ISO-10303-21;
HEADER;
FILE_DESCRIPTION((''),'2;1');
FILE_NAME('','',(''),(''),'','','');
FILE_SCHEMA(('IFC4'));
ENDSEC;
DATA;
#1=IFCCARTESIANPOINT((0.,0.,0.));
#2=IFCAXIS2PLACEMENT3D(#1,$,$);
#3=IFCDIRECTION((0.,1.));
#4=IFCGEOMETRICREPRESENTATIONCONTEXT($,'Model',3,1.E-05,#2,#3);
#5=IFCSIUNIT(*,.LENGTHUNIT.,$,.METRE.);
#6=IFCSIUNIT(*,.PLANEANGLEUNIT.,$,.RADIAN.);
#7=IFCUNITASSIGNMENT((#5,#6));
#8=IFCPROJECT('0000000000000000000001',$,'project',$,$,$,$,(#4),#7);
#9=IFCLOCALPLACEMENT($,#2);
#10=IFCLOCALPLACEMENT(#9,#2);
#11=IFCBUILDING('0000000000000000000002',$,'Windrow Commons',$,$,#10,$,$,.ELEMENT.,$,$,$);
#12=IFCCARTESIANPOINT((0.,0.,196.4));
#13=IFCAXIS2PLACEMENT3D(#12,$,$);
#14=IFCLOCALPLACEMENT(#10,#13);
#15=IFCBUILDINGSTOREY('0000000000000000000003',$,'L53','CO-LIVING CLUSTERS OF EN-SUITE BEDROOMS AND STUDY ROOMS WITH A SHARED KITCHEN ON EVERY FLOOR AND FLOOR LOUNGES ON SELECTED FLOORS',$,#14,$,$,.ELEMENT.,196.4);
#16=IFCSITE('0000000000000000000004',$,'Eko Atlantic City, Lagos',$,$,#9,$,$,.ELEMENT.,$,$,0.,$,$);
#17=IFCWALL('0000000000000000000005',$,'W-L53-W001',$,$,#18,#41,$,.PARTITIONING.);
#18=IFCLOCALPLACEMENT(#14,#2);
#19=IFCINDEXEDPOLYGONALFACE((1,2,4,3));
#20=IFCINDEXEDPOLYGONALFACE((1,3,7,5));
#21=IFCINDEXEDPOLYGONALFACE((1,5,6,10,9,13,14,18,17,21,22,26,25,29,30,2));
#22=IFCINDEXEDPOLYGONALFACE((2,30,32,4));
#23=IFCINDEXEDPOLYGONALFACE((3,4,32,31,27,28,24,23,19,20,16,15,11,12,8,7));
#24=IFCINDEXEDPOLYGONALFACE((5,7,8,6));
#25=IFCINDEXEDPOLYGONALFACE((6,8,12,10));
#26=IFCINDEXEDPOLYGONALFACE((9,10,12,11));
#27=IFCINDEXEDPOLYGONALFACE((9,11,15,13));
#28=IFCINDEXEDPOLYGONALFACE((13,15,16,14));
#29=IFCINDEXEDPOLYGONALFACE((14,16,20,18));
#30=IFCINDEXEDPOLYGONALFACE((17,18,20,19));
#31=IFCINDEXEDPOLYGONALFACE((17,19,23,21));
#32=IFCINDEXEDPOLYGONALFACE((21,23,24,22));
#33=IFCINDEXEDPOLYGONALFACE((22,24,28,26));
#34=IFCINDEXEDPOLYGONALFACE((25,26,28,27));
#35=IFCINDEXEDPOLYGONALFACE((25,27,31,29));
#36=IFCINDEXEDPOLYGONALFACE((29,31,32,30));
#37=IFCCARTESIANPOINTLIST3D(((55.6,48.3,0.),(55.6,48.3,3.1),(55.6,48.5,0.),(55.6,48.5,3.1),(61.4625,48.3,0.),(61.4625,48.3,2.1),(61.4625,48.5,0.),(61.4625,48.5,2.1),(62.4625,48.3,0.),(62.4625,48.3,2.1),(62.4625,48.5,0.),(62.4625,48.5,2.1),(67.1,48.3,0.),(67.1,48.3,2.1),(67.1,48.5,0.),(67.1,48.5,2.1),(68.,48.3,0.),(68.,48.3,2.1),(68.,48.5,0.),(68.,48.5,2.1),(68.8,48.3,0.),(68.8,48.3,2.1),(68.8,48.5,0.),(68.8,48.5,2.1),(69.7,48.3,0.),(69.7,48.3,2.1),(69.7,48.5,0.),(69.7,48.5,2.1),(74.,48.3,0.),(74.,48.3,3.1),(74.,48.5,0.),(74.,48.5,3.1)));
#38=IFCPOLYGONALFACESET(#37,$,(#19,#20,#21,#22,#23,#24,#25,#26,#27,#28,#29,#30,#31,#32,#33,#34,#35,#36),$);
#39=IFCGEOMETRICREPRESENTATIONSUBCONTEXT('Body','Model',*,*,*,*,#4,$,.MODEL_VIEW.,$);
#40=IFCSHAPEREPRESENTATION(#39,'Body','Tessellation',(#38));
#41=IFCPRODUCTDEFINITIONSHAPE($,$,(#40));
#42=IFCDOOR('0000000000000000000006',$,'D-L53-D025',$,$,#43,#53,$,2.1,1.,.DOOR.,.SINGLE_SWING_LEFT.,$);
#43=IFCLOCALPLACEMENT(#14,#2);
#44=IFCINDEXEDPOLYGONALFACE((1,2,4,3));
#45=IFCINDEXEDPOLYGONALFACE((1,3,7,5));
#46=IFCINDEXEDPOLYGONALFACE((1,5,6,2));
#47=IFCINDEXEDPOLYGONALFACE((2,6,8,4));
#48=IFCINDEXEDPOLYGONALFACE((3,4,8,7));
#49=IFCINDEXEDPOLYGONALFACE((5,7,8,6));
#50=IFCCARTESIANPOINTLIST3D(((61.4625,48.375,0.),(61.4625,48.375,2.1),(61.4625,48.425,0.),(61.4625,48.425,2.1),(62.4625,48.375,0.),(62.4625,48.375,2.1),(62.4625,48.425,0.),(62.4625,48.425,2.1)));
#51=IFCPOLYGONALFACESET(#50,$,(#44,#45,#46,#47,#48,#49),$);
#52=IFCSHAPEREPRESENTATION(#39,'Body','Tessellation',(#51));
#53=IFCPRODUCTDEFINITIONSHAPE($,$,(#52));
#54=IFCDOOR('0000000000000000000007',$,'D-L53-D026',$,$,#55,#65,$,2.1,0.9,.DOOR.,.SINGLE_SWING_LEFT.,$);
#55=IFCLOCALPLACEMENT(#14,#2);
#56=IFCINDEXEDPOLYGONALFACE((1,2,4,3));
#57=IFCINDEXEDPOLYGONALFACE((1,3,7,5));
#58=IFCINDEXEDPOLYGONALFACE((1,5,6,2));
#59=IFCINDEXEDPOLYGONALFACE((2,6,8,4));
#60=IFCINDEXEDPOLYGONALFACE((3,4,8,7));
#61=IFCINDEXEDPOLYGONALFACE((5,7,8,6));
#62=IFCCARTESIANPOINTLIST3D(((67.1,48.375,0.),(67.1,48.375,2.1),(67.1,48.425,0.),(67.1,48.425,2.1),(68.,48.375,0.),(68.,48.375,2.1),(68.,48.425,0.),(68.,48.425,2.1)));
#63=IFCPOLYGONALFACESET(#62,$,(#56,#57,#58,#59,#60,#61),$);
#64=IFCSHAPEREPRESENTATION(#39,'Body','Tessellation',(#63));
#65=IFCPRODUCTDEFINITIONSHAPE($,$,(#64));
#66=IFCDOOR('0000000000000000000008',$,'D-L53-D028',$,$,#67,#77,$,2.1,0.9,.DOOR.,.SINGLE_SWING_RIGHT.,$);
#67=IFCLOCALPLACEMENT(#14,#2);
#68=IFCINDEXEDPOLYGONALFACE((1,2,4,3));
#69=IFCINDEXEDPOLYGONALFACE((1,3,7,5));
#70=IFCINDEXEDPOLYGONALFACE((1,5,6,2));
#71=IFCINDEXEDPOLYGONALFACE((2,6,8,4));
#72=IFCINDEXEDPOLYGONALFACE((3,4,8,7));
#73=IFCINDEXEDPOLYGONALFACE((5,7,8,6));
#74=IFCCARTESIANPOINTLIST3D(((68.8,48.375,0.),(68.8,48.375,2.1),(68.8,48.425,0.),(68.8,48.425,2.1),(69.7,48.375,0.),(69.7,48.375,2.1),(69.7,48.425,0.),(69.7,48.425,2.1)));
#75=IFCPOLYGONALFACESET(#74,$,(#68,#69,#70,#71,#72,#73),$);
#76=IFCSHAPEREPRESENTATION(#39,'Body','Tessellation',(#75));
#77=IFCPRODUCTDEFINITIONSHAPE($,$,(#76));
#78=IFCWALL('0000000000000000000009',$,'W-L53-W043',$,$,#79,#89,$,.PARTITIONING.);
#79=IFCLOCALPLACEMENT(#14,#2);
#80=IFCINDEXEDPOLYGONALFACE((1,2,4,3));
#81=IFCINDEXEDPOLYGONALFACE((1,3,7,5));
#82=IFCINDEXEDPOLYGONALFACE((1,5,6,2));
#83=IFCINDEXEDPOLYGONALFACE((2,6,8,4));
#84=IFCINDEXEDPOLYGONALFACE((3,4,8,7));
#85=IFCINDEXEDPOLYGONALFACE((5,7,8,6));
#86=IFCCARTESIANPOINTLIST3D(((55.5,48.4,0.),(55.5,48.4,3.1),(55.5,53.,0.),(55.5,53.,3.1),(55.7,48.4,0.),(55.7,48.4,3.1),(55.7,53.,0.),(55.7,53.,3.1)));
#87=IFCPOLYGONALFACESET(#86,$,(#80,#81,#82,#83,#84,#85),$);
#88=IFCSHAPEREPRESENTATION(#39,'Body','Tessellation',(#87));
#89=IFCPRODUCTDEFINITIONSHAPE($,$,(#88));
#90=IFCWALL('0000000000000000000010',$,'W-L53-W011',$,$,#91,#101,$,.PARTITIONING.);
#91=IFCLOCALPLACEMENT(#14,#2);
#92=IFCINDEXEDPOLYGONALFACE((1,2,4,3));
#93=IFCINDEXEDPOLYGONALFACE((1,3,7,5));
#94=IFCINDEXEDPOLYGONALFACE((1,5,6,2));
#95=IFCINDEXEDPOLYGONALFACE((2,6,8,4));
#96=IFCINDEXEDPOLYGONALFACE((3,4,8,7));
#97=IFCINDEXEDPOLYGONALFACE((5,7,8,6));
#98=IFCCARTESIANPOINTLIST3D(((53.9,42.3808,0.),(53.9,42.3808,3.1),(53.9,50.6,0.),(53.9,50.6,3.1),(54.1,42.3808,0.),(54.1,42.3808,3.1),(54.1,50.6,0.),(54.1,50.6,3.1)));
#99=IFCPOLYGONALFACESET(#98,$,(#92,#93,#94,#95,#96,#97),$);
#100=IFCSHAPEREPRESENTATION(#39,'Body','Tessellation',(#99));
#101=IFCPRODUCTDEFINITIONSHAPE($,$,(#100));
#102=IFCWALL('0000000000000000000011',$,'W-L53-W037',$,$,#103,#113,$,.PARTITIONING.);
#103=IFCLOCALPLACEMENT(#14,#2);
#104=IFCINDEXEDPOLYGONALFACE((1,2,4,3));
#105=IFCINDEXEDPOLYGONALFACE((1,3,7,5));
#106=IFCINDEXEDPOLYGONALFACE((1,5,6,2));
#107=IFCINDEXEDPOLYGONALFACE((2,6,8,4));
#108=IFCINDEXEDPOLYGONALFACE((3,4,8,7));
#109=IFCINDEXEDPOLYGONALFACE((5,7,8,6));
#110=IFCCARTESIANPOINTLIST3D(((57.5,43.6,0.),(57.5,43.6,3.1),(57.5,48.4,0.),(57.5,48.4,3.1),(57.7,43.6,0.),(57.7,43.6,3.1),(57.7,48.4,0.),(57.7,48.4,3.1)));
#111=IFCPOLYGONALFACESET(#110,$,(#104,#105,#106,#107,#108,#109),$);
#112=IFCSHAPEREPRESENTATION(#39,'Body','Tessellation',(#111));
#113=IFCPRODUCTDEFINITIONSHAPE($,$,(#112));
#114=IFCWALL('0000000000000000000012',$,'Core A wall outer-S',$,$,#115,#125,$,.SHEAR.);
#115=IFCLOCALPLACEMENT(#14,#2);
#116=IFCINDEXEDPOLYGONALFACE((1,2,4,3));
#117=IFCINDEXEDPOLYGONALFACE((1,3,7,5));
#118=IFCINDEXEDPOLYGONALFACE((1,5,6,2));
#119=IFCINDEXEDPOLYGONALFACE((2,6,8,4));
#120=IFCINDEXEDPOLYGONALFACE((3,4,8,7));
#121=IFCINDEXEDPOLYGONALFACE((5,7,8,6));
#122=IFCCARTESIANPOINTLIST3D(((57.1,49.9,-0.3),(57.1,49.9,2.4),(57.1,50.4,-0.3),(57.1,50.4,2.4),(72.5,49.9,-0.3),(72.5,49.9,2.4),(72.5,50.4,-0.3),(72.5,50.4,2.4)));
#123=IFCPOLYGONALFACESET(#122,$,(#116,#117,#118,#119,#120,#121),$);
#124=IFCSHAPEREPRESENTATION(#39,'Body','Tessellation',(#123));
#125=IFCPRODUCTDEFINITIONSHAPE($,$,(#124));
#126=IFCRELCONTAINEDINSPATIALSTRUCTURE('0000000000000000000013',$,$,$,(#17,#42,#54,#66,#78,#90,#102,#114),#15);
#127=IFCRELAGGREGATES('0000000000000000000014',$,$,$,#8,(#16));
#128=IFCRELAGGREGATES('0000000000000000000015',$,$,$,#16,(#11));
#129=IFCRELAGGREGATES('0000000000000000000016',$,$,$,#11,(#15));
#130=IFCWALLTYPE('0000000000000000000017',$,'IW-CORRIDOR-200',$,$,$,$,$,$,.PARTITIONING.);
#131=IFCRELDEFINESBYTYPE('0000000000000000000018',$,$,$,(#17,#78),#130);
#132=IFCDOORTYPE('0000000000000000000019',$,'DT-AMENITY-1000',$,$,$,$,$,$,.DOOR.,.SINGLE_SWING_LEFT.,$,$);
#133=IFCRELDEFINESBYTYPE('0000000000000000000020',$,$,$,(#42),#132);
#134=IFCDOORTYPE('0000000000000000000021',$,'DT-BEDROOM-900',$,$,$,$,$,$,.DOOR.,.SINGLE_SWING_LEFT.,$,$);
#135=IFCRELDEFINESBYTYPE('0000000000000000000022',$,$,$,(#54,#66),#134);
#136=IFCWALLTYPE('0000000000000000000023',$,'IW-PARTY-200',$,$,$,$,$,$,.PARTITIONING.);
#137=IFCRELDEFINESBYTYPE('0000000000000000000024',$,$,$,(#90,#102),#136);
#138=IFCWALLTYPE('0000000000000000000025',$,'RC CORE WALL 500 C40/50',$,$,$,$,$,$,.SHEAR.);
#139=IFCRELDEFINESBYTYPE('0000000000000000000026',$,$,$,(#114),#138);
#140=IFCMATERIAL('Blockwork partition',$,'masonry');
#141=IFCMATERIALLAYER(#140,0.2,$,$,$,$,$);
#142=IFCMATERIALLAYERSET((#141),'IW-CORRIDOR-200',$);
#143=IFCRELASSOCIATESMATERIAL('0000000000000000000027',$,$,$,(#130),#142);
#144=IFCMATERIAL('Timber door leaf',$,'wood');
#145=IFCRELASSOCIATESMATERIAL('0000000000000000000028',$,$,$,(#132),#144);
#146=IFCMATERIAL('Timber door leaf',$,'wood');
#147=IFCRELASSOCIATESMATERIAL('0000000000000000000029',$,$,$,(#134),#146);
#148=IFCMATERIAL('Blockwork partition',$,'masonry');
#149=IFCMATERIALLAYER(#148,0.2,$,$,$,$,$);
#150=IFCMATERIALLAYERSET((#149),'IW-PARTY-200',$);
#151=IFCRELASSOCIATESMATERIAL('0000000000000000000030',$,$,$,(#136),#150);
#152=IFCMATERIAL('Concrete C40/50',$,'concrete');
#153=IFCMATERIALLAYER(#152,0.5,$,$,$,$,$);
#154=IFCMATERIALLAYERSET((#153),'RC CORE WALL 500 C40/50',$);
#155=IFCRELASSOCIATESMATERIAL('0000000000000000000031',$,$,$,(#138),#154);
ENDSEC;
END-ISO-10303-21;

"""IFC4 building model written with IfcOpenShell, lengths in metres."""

from ifc_helpers import new_model, si_unit, direction, frame, frame_2d, origin, place, context, subcontext, project, spatial, rectangle, extrude, material, layer, layer_set, type_object, element, fill, save


model = new_model("IFC4")

# Units and contexts
model_context = context("Model", 3, precision=1e-05, world=origin(), true_north=direction((0.0, 1.0)))
body_context = subcontext(model_context, "Body", "Model", "MODEL_VIEW")
ifc_project = project(units=[si_unit("LENGTHUNIT", "METRE"), si_unit("PLANEANGLEUNIT", "RADIAN")], contexts=[model_context])

# Site, building, storey
site_placement = place(None, origin())
site = spatial("IfcSite", under=ifc_project, at=site_placement, Name="Eko Atlantic City, Lagos", CompositionType="ELEMENT", RefElevation=0.0)
building_placement = place(site_placement, origin())
building = spatial("IfcBuilding", under=site, at=building_placement, Name="Windrow Commons", CompositionType="ELEMENT")
storey_placement = place(building_placement, frame((0.0, 0.0, 196.4)))
storey = spatial("IfcBuildingStorey", under=building, at=storey_placement, Name="L53", Description="CO-LIVING CLUSTERS OF EN-SUITE BEDROOMS AND STUDY ROOMS WITH A SHARED KITCHEN ON EVERY FLOOR AND FLOOR LOUNGES ON SELECTED FLOORS", CompositionType="ELEMENT", Elevation=196.4)

# Wall, openings, doors
ifc_material_1 = material(Name="Blockwork partition", Category="masonry")
ifc_layer_1 = layer(ifc_material_1, 0.2)
ifc_layer_set_1 = layer_set([ifc_layer_1], Name="IW-CORRIDOR-200")
wall_type_1 = type_object("IfcWallType", Name="IW-CORRIDOR-200", PredefinedType="PARTITIONING", material=ifc_layer_set_1)
wall_1_placement = place(storey_placement, frame((55.6, 48.4, 0.0), z_axis=(0.0, 0.0, 1.0), x_axis=(1.0, 0.0, 0.0)))
wall_1 = element("IfcWall", 1, at=wall_1_placement, inside=storey, type_object=wall_type_1, Name="W-L53-W001", PredefinedType="PARTITIONING", context=body_context, shape_type="SweptSolid", body=[
    extrude(rectangle(XDim=18.4, YDim=0.2, at=frame_2d((9.2, 0.0))), origin(), (0.0, 0.0, 1.0), 3.1),
])
opening_1_placement = place(wall_1_placement, frame((5.8625, 0.0, 0.0)))
opening_1 = element("IfcOpeningElement", 2, at=opening_1_placement, cuts=wall_1, PredefinedType="OPENING", context=body_context, shape_type="SweptSolid", body=[
    extrude(rectangle(XDim=1.0, YDim=2.1, at=frame_2d((0.5, 1.05))), frame((0.0, 0.11, 0.0), z_axis=(0.0, -1.0, 0.0), x_axis=(1.0, 0.0, 0.0)), (0.0, 0.0, 1.0), 0.22),
])
opening_2_placement = place(wall_1_placement, frame((11.5, 0.0, 0.0)))
opening_2 = element("IfcOpeningElement", 3, at=opening_2_placement, cuts=wall_1, PredefinedType="OPENING", context=body_context, shape_type="SweptSolid", body=[
    extrude(rectangle(XDim=0.9, YDim=2.1, at=frame_2d((0.45, 1.05))), frame((0.0, 0.11, 0.0), z_axis=(0.0, -1.0, 0.0), x_axis=(1.0, 0.0, 0.0)), (0.0, 0.0, 1.0), 0.22),
])
opening_3_placement = place(wall_1_placement, frame((13.2, 0.0, 0.0)))
opening_3 = element("IfcOpeningElement", 4, at=opening_3_placement, cuts=wall_1, PredefinedType="OPENING", context=body_context, shape_type="SweptSolid", body=[
    extrude(rectangle(XDim=0.9, YDim=2.1, at=frame_2d((0.45, 1.05))), frame((0.0, 0.11, 0.0), z_axis=(0.0, -1.0, 0.0), x_axis=(1.0, 0.0, 0.0)), (0.0, 0.0, 1.0), 0.22),
])
ifc_material_2 = material(Name="Timber door leaf", Category="wood")
door_type_1 = type_object("IfcDoorType", Name="DT-AMENITY-1000", OperationType="SINGLE_SWING_LEFT", PredefinedType="DOOR", material=ifc_material_2)
door_1_placement = place(opening_1_placement, origin())
door_1 = element("IfcDoor", 5, at=door_1_placement, inside=storey, type_object=door_type_1, Name="D-L53-D025", OperationType="SINGLE_SWING_LEFT", OverallHeight=2.1, OverallWidth=1.0, PredefinedType="DOOR", context=body_context, shape_type="SweptSolid", body=[
    extrude(rectangle(XDim=1.0, YDim=2.1, at=frame_2d((0.5, 1.05))), frame((0.0, 0.025, 0.0), z_axis=(0.0, -1.0, 0.0), x_axis=(1.0, 0.0, 0.0)), (0.0, 0.0, 1.0), 0.05),
])
fill(opening_1, door_1)
ifc_material_3 = material(Name="Timber door leaf", Category="wood")
door_type_2 = type_object("IfcDoorType", Name="DT-BEDROOM-900", OperationType="SINGLE_SWING_LEFT", PredefinedType="DOOR", material=ifc_material_3)
door_2_placement = place(opening_2_placement, origin())
door_2 = element("IfcDoor", 6, at=door_2_placement, inside=storey, type_object=door_type_2, Name="D-L53-D026", OperationType="SINGLE_SWING_LEFT", OverallHeight=2.1, OverallWidth=0.9, PredefinedType="DOOR", context=body_context, shape_type="SweptSolid", body=[
    extrude(rectangle(XDim=0.9, YDim=2.1, at=frame_2d((0.45, 1.05))), frame((0.0, 0.025, 0.0), z_axis=(0.0, -1.0, 0.0), x_axis=(1.0, 0.0, 0.0)), (0.0, 0.0, 1.0), 0.05),
])
fill(opening_2, door_2)
door_3_placement = place(opening_3_placement, origin())
door_3 = element("IfcDoor", 7, at=door_3_placement, inside=storey, type_object=door_type_2, Name="D-L53-D028", OperationType="SINGLE_SWING_RIGHT", OverallHeight=2.1, OverallWidth=0.9, PredefinedType="DOOR", context=body_context, shape_type="SweptSolid", body=[
    extrude(rectangle(XDim=0.9, YDim=2.1, at=frame_2d((0.45, 1.05))), frame((0.0, 0.025, 0.0), z_axis=(0.0, -1.0, 0.0), x_axis=(1.0, 0.0, 0.0)), (0.0, 0.0, 1.0), 0.05),
])
fill(opening_3, door_3)

# Walls
wall_2_placement = place(storey_placement, frame((55.6, 48.4, 0.0), z_axis=(0.0, 0.0, 1.0), x_axis=(0.0, 1.0, 0.0)))
element("IfcWall", 8, at=wall_2_placement, inside=storey, type_object=wall_type_1, Name="W-L53-W043", PredefinedType="PARTITIONING", context=body_context, shape_type="SweptSolid", body=[
    extrude(rectangle(XDim=4.6, YDim=0.2, at=frame_2d((2.3, 0.0))), origin(), (0.0, 0.0, 1.0), 3.1),
])
ifc_material_4 = material(Name="Blockwork partition", Category="masonry")
ifc_layer_2 = layer(ifc_material_4, 0.2)
ifc_layer_set_2 = layer_set([ifc_layer_2], Name="IW-PARTY-200")
wall_type_2 = type_object("IfcWallType", Name="IW-PARTY-200", PredefinedType="PARTITIONING", material=ifc_layer_set_2)
wall_3_placement = place(storey_placement, frame((54.0, 42.3808, 0.0), z_axis=(0.0, 0.0, 1.0), x_axis=(0.0, 1.0, 0.0)))
element("IfcWall", 9, at=wall_3_placement, inside=storey, type_object=wall_type_2, Name="W-L53-W011", PredefinedType="PARTITIONING", context=body_context, shape_type="SweptSolid", body=[
    extrude(rectangle(XDim=8.2192, YDim=0.2, at=frame_2d((4.1096, 0.0))), origin(), (0.0, 0.0, 1.0), 3.1),
])
wall_4_placement = place(storey_placement, frame((57.6, 43.6, 0.0), z_axis=(0.0, 0.0, 1.0), x_axis=(0.0, 1.0, 0.0)))
element("IfcWall", 10, at=wall_4_placement, inside=storey, type_object=wall_type_2, Name="W-L53-W037", PredefinedType="PARTITIONING", context=body_context, shape_type="SweptSolid", body=[
    extrude(rectangle(XDim=4.8, YDim=0.2, at=frame_2d((2.4, 0.0))), origin(), (0.0, 0.0, 1.0), 3.1),
])
ifc_material_5 = material(Name="Concrete C40/50", Category="concrete")
ifc_layer_3 = layer(ifc_material_5, 0.5)
ifc_layer_set_3 = layer_set([ifc_layer_3], Name="RC CORE WALL 500 C40/50")
wall_type_3 = type_object("IfcWallType", Name="RC CORE WALL 500 C40/50", PredefinedType="SHEAR", material=ifc_layer_set_3)
wall_5_placement = place(storey_placement, frame((57.1, 50.15, -0.3), z_axis=(0.0, 0.0, 1.0), x_axis=(1.0, 0.0, 0.0)))
element("IfcWall", 11, at=wall_5_placement, inside=storey, type_object=wall_type_3, Name="Core A wall outer-S", PredefinedType="SHEAR", context=body_context, shape_type="SweptSolid", body=[
    extrude(rectangle(XDim=15.4, YDim=0.5, at=frame_2d((7.7, 0.0))), origin(), (0.0, 0.0, 1.0), 2.7),
])

save(model, "model.ifc")
